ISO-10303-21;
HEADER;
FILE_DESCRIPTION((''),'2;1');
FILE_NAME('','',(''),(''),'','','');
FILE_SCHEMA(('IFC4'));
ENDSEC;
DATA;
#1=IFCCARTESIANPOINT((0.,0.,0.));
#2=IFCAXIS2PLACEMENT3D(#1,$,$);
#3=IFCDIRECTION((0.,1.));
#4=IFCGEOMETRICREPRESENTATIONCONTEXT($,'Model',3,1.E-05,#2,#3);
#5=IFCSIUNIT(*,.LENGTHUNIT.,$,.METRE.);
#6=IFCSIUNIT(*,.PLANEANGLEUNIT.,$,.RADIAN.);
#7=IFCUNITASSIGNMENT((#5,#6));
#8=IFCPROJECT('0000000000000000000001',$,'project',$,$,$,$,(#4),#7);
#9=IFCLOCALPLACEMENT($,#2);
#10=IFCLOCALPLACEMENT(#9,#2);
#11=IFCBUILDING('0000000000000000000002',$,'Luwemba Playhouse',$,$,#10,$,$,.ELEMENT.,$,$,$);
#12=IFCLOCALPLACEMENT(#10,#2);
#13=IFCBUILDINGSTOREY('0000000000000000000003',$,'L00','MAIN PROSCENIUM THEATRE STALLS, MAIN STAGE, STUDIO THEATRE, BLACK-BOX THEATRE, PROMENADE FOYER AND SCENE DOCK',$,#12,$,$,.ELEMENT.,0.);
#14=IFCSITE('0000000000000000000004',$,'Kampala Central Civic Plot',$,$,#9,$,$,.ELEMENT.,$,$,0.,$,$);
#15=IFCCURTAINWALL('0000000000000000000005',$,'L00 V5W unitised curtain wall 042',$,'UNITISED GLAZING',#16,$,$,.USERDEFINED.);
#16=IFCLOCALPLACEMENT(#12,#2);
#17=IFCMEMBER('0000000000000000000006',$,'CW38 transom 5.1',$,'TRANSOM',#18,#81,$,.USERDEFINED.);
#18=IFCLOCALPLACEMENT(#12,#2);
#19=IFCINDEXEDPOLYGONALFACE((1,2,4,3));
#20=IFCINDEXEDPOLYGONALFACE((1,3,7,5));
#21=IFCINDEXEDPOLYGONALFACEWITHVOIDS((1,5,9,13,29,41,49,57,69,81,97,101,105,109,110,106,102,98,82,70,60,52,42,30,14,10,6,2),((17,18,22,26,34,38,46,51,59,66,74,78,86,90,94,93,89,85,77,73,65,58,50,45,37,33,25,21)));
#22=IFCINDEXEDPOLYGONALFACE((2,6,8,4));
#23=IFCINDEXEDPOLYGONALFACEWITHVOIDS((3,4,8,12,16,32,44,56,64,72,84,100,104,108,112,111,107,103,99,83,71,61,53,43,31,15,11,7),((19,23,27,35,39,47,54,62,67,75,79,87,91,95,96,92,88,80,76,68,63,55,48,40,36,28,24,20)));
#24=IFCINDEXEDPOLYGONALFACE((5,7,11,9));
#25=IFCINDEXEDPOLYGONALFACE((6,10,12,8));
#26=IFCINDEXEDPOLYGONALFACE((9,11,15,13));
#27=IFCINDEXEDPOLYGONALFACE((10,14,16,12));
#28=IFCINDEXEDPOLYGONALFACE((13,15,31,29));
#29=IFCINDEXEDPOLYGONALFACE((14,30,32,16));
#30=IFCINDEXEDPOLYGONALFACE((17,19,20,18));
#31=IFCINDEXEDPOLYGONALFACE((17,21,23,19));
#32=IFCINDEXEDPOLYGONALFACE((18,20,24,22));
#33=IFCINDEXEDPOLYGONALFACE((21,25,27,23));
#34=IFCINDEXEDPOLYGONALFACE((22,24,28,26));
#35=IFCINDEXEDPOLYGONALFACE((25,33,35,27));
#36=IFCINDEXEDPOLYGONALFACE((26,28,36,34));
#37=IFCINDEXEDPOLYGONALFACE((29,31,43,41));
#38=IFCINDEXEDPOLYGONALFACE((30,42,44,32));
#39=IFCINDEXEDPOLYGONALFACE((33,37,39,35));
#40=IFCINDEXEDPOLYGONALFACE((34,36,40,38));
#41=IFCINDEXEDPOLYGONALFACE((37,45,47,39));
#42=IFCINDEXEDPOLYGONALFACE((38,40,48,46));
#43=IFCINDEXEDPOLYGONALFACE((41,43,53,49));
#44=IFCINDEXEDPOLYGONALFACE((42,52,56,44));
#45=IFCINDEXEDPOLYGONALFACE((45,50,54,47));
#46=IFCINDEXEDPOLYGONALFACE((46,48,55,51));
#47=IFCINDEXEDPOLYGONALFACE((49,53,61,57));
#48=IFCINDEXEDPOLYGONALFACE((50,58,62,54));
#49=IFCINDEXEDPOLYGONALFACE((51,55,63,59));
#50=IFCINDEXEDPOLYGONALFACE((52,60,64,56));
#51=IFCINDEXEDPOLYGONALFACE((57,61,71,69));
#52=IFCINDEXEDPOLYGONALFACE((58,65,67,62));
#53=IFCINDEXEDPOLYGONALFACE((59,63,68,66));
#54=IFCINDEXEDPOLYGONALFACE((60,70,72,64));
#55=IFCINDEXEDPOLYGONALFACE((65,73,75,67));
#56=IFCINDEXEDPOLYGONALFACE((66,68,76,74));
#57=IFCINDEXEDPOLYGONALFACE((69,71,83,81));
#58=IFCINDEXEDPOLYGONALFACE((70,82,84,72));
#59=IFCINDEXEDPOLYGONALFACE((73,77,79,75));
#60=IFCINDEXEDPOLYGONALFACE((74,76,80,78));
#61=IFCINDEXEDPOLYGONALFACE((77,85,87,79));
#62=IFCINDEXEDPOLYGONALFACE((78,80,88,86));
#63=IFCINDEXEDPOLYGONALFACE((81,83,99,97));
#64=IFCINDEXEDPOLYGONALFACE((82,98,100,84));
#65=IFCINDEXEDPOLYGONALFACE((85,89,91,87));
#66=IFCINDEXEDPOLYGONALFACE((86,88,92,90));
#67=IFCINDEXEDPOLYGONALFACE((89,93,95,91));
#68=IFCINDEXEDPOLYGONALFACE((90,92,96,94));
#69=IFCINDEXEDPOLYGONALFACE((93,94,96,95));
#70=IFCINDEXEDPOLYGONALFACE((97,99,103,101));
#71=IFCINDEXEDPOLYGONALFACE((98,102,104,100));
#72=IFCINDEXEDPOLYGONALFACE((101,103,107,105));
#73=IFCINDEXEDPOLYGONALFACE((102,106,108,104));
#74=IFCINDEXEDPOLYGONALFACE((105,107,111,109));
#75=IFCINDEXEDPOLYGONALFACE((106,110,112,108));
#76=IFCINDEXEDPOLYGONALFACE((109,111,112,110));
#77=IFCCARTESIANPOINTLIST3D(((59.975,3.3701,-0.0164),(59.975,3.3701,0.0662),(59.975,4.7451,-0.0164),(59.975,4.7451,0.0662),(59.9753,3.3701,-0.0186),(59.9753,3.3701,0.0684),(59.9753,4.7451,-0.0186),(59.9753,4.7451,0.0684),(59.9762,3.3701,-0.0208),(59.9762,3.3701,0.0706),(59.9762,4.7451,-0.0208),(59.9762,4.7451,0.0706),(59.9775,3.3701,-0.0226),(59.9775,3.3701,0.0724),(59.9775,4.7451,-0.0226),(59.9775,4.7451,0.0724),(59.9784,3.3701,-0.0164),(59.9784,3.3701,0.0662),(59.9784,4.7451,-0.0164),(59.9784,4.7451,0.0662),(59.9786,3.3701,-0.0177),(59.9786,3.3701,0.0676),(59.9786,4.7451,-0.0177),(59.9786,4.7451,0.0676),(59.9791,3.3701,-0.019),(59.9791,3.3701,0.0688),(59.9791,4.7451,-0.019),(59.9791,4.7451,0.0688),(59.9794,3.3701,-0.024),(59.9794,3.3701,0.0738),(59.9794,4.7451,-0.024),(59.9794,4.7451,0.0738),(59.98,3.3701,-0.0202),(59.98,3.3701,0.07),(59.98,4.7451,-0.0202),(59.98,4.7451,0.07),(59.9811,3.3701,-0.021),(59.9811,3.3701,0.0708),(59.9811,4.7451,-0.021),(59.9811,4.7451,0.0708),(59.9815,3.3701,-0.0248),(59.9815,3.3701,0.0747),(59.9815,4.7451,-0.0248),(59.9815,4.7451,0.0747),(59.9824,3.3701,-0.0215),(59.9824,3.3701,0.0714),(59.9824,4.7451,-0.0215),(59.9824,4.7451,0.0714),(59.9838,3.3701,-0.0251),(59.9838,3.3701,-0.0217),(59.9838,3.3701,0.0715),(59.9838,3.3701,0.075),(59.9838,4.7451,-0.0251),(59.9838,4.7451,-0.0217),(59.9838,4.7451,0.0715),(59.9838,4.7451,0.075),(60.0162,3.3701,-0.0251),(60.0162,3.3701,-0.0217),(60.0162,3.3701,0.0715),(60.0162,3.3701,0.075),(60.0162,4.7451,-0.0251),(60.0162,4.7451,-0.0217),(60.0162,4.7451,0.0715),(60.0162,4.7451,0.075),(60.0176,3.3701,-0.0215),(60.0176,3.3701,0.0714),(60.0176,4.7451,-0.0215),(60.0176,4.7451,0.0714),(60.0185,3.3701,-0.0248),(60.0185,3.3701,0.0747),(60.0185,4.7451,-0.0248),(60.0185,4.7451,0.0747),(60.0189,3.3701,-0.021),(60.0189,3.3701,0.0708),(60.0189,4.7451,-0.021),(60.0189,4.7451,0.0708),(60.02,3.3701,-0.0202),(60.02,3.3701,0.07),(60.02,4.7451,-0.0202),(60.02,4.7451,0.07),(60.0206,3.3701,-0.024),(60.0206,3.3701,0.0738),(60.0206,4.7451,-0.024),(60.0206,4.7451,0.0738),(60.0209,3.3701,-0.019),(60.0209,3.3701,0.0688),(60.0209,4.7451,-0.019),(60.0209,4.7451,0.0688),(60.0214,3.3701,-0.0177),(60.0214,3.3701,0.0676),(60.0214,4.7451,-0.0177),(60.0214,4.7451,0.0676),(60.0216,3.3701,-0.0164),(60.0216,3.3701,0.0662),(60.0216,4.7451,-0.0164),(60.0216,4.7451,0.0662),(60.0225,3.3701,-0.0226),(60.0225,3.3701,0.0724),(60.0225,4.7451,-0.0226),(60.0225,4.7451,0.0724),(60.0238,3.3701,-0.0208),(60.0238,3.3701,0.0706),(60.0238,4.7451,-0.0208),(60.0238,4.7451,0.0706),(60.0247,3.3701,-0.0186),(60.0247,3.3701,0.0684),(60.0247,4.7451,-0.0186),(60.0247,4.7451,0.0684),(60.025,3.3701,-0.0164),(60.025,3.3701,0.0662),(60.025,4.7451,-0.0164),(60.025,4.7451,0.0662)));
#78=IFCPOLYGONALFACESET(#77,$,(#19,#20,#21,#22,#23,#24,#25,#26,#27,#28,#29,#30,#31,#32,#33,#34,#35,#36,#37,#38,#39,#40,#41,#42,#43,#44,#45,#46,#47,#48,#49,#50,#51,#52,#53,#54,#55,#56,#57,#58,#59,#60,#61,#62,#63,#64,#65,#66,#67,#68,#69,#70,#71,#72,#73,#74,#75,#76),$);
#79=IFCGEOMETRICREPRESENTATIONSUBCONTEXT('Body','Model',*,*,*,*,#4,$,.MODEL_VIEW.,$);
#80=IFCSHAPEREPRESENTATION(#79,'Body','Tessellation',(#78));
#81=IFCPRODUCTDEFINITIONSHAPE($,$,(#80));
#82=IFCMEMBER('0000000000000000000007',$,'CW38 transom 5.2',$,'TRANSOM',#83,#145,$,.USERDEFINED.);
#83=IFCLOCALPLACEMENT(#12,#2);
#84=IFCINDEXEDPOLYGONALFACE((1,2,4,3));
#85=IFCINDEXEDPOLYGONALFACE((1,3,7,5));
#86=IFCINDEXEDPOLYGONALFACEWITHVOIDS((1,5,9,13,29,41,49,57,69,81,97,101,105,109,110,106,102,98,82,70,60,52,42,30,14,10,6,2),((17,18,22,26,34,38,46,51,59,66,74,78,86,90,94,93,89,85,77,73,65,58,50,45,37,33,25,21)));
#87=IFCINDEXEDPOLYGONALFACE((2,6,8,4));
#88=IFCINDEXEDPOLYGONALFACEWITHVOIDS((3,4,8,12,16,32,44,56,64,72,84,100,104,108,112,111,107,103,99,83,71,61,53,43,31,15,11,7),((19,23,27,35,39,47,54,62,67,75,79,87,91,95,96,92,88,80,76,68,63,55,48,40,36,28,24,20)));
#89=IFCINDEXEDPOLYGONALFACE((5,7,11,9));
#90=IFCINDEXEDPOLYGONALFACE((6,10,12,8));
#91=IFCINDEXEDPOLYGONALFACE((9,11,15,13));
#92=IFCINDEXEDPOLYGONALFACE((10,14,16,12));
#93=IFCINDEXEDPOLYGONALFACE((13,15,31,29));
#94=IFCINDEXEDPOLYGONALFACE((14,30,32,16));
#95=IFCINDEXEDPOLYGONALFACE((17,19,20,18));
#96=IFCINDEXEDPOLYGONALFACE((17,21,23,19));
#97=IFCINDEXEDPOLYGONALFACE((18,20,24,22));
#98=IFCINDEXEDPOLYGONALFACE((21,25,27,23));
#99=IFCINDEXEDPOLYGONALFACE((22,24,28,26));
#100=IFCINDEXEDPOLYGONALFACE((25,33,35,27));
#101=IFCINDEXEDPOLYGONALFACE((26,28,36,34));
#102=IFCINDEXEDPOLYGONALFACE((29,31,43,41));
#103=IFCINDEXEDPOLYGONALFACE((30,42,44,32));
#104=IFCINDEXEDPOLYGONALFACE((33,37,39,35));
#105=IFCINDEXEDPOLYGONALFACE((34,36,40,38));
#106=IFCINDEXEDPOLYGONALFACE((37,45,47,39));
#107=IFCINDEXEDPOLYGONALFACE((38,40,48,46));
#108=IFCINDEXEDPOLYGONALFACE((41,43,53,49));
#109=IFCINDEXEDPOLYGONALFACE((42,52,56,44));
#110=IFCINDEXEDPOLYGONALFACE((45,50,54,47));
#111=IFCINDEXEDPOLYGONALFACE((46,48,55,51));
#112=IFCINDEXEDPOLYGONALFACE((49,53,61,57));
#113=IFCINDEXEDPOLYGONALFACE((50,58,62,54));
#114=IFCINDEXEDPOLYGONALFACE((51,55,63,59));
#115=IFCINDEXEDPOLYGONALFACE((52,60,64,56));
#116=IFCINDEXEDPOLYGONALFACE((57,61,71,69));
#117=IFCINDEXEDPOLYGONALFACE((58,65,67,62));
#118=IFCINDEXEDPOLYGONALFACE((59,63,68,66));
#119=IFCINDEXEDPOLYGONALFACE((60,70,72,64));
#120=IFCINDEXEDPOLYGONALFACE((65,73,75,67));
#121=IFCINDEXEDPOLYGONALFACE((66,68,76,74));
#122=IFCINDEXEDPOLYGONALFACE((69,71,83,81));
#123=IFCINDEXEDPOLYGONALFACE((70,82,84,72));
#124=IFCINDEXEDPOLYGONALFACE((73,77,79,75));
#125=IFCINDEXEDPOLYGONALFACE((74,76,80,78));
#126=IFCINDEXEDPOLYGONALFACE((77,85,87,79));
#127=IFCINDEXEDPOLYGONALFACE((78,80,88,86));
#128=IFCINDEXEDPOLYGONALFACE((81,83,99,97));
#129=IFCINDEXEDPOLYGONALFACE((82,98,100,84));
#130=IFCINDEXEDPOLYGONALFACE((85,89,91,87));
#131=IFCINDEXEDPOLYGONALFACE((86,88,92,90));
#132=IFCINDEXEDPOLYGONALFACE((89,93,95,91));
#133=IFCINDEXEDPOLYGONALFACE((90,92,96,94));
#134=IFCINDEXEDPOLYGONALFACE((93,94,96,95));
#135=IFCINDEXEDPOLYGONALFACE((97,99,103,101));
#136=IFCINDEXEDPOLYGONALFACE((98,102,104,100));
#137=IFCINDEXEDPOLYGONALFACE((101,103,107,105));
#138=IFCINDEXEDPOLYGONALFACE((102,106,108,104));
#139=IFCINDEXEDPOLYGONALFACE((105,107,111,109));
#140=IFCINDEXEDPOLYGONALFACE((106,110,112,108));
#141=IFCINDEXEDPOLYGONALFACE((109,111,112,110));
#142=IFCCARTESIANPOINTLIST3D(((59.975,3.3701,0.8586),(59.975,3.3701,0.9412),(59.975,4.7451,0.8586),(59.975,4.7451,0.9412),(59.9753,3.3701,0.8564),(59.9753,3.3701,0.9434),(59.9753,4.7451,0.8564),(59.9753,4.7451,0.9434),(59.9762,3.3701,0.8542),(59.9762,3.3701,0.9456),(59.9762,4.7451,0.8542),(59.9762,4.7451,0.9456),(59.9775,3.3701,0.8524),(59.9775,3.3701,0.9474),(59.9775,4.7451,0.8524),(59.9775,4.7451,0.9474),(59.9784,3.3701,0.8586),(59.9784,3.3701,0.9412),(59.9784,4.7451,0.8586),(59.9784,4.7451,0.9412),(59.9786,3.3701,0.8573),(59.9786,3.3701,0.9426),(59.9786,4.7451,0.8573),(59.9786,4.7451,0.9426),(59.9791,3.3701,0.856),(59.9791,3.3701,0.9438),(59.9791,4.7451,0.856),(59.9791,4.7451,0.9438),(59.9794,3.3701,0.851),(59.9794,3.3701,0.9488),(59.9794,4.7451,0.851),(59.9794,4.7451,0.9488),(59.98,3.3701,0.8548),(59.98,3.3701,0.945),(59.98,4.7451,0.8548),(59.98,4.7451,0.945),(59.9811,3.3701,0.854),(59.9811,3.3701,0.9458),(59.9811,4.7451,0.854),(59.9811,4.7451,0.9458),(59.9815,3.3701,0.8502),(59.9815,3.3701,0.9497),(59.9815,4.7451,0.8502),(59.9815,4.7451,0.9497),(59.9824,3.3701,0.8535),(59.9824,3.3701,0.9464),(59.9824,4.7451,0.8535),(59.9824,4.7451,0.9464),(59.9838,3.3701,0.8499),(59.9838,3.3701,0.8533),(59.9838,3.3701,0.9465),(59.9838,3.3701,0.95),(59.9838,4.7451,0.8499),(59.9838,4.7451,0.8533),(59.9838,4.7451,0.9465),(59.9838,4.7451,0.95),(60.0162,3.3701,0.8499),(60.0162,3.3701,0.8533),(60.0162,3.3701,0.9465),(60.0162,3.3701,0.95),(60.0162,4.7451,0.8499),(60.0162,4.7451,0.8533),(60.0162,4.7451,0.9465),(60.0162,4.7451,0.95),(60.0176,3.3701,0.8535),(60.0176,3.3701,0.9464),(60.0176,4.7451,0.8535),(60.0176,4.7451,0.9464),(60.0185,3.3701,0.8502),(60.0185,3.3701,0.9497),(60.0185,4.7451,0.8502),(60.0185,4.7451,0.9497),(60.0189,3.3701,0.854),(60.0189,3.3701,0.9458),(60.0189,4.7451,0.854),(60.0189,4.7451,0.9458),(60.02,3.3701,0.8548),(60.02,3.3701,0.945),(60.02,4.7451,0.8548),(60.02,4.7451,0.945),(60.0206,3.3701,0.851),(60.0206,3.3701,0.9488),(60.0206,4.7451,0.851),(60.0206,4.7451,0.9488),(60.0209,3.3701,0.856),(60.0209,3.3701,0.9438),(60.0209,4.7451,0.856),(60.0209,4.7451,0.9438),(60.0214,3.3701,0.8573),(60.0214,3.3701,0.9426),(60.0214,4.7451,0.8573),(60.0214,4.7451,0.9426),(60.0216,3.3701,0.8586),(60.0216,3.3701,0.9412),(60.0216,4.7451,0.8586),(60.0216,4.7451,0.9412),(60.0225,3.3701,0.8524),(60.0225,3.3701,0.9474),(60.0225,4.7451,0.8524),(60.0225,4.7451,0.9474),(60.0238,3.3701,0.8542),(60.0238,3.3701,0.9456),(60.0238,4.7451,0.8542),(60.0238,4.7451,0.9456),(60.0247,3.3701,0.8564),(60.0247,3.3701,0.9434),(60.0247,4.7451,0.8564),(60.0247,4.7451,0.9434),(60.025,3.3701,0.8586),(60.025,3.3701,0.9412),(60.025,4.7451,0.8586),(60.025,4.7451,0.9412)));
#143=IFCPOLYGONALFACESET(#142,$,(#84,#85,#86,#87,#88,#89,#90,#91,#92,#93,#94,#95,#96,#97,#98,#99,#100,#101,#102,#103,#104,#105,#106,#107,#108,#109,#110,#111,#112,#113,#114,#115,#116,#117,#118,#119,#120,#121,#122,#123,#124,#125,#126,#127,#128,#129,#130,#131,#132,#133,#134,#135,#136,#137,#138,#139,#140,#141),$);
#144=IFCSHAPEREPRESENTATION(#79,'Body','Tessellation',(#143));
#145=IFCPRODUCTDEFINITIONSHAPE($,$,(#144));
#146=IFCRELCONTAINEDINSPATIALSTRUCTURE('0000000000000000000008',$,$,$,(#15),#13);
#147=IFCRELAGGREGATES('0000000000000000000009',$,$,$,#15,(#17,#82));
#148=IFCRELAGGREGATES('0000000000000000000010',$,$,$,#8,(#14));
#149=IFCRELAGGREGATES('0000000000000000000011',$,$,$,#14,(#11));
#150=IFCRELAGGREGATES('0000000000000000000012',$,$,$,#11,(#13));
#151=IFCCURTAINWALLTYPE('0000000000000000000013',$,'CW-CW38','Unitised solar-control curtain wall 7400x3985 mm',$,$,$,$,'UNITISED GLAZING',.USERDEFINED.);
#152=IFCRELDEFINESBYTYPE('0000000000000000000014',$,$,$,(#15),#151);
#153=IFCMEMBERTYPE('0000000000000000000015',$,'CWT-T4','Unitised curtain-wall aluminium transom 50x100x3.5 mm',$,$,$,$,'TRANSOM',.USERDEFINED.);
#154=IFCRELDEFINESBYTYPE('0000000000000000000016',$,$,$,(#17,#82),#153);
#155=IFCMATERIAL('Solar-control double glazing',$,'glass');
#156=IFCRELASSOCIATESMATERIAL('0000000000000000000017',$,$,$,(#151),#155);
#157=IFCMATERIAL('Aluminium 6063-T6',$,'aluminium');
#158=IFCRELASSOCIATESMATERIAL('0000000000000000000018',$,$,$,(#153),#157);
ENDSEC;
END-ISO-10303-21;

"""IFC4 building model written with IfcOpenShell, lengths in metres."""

from ifc_helpers import new_model, si_unit, direction, frame, origin, origin_2d, place, context, subcontext, project, spatial, hollow_rectangle, extrude, material, material_profile, profile_set, type_object, element, aggregate, save


model = new_model("IFC4")

# Units and contexts
model_context = context("Model", 3, precision=1e-05, world=origin(), true_north=direction((0.0, 1.0)))
body_context = subcontext(model_context, "Body", "Model", "MODEL_VIEW")
ifc_project = project(units=[si_unit("LENGTHUNIT", "METRE"), si_unit("PLANEANGLEUNIT", "RADIAN")], contexts=[model_context])

# Site, building, storey
site_placement = place(None, origin())
site = spatial("IfcSite", under=ifc_project, at=site_placement, Name="Kampala Central Civic Plot", CompositionType="ELEMENT", RefElevation=0.0)
building_placement = place(site_placement, origin())
building = spatial("IfcBuilding", under=site, at=building_placement, Name="Luwemba Playhouse", CompositionType="ELEMENT")
storey_placement = place(building_placement, origin())
storey = spatial("IfcBuildingStorey", under=building, at=storey_placement, Name="L00", Description="MAIN PROSCENIUM THEATRE STALLS, MAIN STAGE, STUDIO THEATRE, BLACK-BOX THEATRE, PROMENADE FOYER AND SCENE DOCK", CompositionType="ELEMENT", Elevation=0.0)

# Shared definitions
ifc_material_1 = material(Name="Solar-control double glazing", Category="glass")
ifc_material_2 = material(Name="Aluminium 6063-T6", Category="aluminium")

# Curtain wall
curtain_wall_type_1 = type_object("IfcCurtainWallType", Name="CW-CW38", Description="Unitised solar-control curtain wall 7400x3985 mm", ElementType="UNITISED GLAZING", PredefinedType="USERDEFINED", material=ifc_material_1)
curtain_wall_1_placement = place(storey_placement, origin())
curtain_wall_1 = element("IfcCurtainWall", 1, at=curtain_wall_1_placement, inside=storey, type_object=curtain_wall_type_1, Name="L00 V5W unitised curtain wall 042", ObjectType="UNITISED GLAZING", PredefinedType="USERDEFINED")

# Members
ifc_material_profile_1 = material_profile(ifc_material_2, hollow_rectangle(XDim=0.05, YDim=0.1001, WallThickness=0.0034, InnerFilletRadius=0.0054, OuterFilletRadius=0.0088, at=origin_2d()))
ifc_profile_set_1 = profile_set([ifc_material_profile_1], Name="Aluminium 6063-T6")
member_type_1 = type_object("IfcMemberType", Name="CWT-T4", Description="Unitised curtain-wall aluminium transom 50x100x3.5 mm", ElementType="TRANSOM", PredefinedType="USERDEFINED", material=ifc_profile_set_1)
member_1_placement = place(storey_placement, frame((60.0, 4.7451, 0.0249), z_axis=(0.0, -1.0, 0.0), x_axis=(1.0, 0.0, 0.0)))
member_1 = element("IfcMember", 2, at=member_1_placement, type_object=member_type_1, Name="CW38 transom 5.1", ObjectType="TRANSOM", PredefinedType="USERDEFINED", context=body_context, shape_type="SweptSolid", body=[
    extrude(hollow_rectangle(XDim=0.05, YDim=0.1001, WallThickness=0.0034, InnerFilletRadius=0.0054, OuterFilletRadius=0.0088, at=origin_2d()), origin(), (0.0, 0.0, 1.0), 1.375),
])
member_2_placement = place(storey_placement, frame((60.0, 4.7451, 0.8999), z_axis=(0.0, -1.0, 0.0), x_axis=(1.0, 0.0, 0.0)))
member_2 = element("IfcMember", 3, at=member_2_placement, type_object=member_type_1, Name="CW38 transom 5.2", ObjectType="TRANSOM", PredefinedType="USERDEFINED", context=body_context, shape_type="SweptSolid", body=[
    extrude(hollow_rectangle(XDim=0.05, YDim=0.1001, WallThickness=0.0034, InnerFilletRadius=0.0054, OuterFilletRadius=0.0088, at=origin_2d()), origin(), (0.0, 0.0, 1.0), 1.375),
])

aggregate(curtain_wall_1, [member_1, member_2])

save(model, "model.ifc")
